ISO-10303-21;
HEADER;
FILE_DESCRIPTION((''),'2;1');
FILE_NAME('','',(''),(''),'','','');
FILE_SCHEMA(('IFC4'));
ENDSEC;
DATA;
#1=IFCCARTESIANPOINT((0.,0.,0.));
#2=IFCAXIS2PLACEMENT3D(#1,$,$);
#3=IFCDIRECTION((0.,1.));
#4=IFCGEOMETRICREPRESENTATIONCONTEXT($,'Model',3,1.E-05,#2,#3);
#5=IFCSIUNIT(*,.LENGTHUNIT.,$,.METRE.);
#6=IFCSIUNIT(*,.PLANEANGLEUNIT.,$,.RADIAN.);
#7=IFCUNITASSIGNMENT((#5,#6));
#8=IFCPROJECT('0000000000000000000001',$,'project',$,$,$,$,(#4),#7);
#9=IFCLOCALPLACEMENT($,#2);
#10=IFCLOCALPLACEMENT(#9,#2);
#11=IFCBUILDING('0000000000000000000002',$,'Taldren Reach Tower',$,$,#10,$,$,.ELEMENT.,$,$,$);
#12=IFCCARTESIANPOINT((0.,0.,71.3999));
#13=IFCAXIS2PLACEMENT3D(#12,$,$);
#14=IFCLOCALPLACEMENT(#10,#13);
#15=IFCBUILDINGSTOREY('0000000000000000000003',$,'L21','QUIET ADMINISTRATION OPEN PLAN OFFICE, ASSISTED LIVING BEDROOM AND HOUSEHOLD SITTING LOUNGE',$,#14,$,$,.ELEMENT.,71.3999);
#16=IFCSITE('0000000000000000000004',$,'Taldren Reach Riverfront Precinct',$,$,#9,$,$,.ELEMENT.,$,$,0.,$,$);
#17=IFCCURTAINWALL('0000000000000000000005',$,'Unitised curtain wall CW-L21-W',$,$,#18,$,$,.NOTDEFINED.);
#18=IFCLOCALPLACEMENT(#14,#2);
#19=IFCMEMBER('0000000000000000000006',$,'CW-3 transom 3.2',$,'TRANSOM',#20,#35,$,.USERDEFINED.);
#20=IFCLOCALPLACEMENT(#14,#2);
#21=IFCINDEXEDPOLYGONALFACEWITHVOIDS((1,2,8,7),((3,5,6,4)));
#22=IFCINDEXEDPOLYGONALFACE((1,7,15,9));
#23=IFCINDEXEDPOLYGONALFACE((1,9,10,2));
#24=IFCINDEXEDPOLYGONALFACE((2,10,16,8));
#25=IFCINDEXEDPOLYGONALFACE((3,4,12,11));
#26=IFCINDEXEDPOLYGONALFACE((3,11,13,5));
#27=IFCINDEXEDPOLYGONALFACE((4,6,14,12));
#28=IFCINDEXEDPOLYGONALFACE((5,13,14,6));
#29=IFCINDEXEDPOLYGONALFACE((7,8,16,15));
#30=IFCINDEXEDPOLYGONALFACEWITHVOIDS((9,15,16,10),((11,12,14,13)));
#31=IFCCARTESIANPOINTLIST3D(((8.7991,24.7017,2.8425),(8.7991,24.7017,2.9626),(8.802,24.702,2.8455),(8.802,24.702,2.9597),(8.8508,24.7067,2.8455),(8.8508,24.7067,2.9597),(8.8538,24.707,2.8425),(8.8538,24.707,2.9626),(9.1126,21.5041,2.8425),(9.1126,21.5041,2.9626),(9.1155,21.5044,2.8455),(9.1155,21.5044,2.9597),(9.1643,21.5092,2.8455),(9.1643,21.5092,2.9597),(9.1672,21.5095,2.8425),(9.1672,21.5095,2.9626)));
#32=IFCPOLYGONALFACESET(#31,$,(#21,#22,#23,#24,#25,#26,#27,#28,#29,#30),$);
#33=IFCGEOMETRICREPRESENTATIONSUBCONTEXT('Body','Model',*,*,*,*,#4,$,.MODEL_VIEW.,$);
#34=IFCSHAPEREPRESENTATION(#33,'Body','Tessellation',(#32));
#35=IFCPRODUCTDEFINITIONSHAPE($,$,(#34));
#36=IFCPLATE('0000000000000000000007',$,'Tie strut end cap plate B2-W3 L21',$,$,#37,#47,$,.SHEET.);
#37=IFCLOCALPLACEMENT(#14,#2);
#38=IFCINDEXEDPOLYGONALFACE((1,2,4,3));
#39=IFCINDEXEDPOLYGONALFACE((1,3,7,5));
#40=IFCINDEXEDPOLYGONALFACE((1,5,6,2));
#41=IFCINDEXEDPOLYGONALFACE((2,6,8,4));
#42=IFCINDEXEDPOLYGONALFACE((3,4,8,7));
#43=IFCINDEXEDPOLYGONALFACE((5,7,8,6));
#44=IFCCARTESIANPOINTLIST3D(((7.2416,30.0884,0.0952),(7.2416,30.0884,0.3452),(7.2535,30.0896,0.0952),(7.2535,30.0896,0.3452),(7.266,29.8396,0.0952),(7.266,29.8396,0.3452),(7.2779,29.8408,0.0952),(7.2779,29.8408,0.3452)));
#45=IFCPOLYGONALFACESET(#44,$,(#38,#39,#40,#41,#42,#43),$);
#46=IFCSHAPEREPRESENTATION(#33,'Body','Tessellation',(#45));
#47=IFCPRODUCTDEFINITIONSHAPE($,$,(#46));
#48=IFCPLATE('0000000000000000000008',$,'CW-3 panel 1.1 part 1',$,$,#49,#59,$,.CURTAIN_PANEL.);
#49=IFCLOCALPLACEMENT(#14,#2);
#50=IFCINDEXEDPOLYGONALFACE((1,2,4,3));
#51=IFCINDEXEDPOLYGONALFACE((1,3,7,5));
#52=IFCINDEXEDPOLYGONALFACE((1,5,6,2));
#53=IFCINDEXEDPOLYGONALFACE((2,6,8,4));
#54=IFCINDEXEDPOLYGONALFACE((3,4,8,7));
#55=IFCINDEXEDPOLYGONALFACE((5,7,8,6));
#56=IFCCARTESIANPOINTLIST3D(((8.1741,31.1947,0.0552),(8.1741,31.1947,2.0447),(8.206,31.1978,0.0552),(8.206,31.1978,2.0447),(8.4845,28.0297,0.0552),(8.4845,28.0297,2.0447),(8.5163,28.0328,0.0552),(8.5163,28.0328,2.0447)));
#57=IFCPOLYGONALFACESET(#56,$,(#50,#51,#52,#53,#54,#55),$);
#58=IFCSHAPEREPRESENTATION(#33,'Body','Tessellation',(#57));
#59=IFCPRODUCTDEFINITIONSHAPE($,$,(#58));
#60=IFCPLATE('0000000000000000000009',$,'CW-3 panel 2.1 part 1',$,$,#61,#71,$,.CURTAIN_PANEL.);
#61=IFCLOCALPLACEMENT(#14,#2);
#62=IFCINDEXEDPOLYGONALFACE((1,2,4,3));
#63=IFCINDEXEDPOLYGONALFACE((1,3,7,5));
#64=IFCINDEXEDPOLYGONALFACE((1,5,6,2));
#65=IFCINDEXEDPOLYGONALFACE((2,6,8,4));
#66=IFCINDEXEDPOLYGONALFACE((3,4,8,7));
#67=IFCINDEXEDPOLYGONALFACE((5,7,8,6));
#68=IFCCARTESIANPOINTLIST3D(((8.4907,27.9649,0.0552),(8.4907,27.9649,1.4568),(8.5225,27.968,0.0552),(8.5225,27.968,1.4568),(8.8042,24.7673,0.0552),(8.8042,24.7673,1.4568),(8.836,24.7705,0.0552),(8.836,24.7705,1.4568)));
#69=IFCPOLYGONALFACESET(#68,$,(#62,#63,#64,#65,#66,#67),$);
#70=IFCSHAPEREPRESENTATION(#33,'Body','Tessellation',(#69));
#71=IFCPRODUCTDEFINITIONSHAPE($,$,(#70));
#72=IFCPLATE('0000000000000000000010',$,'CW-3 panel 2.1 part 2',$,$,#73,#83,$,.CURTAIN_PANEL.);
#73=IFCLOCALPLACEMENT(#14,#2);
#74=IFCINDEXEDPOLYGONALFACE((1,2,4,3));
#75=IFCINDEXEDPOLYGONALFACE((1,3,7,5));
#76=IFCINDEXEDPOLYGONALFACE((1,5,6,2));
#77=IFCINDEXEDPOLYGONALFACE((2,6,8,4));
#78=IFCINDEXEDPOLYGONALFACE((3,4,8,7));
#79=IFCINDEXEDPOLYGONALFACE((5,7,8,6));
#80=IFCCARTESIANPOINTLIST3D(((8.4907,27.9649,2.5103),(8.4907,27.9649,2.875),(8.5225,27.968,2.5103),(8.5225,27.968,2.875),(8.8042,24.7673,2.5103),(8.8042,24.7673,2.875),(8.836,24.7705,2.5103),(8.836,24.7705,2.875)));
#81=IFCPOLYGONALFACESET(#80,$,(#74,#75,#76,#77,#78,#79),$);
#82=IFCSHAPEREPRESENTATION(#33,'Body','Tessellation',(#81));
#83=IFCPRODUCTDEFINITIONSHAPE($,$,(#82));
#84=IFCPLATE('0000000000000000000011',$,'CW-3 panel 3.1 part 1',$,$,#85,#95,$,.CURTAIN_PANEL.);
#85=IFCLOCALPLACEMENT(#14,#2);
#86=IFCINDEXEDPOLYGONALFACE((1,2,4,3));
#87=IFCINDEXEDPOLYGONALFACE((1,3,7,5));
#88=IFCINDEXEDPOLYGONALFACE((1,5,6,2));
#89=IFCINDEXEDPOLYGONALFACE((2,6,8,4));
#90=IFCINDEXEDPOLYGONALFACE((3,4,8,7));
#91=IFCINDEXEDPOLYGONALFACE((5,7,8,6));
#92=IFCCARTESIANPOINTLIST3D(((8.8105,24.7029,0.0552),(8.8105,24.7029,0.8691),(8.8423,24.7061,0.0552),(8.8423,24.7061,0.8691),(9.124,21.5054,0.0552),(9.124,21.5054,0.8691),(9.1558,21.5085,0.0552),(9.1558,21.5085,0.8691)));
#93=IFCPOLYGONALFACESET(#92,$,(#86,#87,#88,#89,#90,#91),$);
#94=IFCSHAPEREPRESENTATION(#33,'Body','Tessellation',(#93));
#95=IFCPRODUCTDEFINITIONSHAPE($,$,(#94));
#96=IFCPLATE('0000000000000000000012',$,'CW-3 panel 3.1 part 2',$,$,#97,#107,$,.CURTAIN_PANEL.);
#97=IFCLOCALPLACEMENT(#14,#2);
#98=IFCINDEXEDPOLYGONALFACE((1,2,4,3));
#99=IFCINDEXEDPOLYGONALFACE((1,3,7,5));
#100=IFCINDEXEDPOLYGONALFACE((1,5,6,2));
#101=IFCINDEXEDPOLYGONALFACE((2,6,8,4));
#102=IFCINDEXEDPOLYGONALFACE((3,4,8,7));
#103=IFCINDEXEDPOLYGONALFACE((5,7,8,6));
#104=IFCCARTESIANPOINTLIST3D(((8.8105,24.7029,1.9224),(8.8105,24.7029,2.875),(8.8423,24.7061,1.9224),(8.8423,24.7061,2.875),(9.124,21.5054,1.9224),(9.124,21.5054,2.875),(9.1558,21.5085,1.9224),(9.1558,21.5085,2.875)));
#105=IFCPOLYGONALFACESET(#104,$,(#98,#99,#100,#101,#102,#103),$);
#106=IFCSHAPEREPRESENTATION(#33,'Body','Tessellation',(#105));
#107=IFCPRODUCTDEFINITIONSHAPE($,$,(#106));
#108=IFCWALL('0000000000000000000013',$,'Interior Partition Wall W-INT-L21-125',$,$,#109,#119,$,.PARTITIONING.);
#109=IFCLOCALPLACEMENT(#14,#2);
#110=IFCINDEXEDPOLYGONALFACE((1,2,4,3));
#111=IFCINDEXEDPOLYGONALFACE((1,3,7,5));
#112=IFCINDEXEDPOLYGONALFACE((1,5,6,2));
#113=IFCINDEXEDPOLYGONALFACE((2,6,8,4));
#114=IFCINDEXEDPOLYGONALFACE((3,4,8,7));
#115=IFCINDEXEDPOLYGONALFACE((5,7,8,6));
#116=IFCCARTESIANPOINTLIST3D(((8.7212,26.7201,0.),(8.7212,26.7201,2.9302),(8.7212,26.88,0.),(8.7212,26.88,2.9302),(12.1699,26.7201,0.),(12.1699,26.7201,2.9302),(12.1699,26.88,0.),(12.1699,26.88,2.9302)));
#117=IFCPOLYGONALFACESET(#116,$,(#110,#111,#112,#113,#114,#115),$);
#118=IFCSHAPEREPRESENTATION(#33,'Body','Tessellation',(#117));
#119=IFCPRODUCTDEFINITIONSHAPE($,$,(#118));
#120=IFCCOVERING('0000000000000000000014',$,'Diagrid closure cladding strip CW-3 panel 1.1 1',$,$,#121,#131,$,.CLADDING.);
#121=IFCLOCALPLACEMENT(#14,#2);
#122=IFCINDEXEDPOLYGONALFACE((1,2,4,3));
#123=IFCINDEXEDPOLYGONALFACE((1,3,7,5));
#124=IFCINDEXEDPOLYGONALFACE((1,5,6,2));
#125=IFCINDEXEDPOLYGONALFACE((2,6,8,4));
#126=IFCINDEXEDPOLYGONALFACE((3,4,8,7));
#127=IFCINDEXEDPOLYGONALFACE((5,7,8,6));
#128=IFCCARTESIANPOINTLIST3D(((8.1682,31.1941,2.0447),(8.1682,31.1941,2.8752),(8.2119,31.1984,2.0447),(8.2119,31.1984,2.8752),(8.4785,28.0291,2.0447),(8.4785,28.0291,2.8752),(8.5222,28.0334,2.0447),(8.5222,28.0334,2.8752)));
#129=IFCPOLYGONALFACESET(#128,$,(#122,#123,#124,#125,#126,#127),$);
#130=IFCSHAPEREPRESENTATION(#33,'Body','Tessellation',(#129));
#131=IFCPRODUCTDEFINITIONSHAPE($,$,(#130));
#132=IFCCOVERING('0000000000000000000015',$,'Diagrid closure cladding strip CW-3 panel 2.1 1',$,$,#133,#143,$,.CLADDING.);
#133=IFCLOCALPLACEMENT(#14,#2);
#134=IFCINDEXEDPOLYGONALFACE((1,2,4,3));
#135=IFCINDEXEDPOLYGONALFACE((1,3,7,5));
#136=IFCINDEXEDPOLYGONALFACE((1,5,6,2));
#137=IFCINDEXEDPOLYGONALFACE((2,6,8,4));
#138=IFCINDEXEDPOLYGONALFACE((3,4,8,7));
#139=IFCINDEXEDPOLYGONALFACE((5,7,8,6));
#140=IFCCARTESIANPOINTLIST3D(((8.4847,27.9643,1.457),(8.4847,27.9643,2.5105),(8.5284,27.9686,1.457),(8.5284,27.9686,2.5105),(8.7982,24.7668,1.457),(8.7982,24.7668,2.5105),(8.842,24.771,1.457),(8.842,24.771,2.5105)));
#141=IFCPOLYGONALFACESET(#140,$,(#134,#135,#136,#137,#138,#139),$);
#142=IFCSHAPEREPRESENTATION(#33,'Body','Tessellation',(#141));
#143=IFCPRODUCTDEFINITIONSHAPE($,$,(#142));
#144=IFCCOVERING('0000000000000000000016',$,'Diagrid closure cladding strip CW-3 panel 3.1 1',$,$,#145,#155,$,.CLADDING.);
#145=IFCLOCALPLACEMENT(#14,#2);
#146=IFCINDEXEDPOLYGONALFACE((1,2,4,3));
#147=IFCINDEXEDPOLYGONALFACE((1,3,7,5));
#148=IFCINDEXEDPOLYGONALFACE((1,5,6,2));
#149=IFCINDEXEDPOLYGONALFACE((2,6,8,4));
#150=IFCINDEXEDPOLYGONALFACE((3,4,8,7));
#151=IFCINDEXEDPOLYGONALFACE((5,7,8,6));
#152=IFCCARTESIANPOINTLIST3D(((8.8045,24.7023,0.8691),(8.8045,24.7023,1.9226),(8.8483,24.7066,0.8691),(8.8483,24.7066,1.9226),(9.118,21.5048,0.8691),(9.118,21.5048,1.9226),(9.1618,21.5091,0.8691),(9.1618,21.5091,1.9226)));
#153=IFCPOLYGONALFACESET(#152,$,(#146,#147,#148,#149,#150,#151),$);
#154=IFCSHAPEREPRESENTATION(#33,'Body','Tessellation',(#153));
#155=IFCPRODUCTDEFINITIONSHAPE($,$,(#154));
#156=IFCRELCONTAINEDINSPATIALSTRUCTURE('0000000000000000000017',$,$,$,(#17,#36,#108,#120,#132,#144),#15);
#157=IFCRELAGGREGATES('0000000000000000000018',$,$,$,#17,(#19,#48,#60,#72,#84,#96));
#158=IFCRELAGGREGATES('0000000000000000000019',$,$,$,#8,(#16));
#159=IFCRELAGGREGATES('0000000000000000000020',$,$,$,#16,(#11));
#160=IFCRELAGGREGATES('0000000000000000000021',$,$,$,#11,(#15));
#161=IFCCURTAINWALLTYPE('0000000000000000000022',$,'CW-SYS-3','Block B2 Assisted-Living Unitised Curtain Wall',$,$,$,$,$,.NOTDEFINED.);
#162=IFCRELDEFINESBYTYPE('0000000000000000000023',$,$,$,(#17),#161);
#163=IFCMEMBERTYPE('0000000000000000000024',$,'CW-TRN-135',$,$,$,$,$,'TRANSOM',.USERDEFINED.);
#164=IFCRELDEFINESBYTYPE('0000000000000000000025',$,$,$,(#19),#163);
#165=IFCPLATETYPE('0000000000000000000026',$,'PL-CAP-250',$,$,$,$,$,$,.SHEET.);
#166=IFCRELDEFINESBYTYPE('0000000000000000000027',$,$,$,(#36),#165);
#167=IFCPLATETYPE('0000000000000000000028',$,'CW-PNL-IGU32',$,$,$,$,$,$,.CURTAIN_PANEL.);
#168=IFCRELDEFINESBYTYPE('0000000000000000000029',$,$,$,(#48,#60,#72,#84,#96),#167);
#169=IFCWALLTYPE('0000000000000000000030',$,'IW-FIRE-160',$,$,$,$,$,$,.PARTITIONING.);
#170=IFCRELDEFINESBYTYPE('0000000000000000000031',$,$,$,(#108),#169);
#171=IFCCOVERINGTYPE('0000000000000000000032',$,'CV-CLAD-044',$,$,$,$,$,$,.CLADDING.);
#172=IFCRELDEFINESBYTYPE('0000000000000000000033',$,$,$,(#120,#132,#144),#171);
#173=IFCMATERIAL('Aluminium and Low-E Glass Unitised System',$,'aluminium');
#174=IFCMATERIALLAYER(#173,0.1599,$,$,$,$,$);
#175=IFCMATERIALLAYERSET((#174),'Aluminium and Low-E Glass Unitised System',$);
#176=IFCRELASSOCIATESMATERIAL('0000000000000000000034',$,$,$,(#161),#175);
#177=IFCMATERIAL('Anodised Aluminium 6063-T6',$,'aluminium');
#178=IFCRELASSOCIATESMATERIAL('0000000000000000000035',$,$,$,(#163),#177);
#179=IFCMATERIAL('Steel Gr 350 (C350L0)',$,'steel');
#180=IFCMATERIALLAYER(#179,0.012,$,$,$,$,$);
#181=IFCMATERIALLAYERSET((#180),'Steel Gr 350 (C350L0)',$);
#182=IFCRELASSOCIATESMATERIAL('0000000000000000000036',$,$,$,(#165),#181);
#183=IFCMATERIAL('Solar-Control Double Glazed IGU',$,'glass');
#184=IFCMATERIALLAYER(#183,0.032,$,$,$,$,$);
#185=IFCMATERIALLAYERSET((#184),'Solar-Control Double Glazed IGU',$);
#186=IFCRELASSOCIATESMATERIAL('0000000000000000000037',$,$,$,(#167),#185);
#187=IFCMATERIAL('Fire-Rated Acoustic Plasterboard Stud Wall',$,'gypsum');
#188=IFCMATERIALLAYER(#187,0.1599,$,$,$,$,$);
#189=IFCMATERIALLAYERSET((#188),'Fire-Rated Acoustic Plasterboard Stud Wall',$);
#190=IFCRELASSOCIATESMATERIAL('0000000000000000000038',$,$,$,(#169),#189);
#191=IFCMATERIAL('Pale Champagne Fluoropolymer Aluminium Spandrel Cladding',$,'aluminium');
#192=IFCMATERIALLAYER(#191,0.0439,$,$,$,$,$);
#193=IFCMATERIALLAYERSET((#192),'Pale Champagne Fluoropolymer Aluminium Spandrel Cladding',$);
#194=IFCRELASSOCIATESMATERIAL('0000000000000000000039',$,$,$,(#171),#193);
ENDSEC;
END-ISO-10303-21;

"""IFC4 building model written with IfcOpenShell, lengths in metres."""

from ifc_helpers import new_model, si_unit, direction, frame, frame_2d, origin, origin_2d, place, context, subcontext, project, spatial, rectangle, hollow_rectangle, extrude, source, transform, mapped, material, layer, layer_set, material_profile, profile_set, type_object, element, aggregate, save


model = new_model("IFC4")

# Units and contexts
model_context = context("Model", 3, precision=1e-05, world=origin(), true_north=direction((0.0, 1.0)))
body_context = subcontext(model_context, "Body", "Model", "MODEL_VIEW")
ifc_project = project(units=[si_unit("LENGTHUNIT", "METRE"), si_unit("PLANEANGLEUNIT", "RADIAN")], contexts=[model_context])

# Site, building, storey
site_placement = place(None, origin())
site = spatial("IfcSite", under=ifc_project, at=site_placement, Name="Taldren Reach Riverfront Precinct", CompositionType="ELEMENT", RefElevation=0.0)
building_placement = place(site_placement, origin())
building = spatial("IfcBuilding", under=site, at=building_placement, Name="Taldren Reach Tower", CompositionType="ELEMENT")
storey_placement = place(building_placement, frame((0.0, 0.0, 71.3999)))
storey = spatial("IfcBuildingStorey", under=building, at=storey_placement, Name="L21", Description="QUIET ADMINISTRATION OPEN PLAN OFFICE, ASSISTED LIVING BEDROOM AND HOUSEHOLD SITTING LOUNGE", CompositionType="ELEMENT", Elevation=71.3999)

# Curtain wall, member
ifc_material_1 = material(Name="Aluminium and Low-E Glass Unitised System", Category="aluminium")
ifc_layer_1 = layer(ifc_material_1, 0.1599)
ifc_layer_set_1 = layer_set([ifc_layer_1], Name="Aluminium and Low-E Glass Unitised System")
curtain_wall_type = type_object("IfcCurtainWallType", Name="CW-SYS-3", Description="Block B2 Assisted-Living Unitised Curtain Wall", PredefinedType="NOTDEFINED", material=ifc_layer_set_1)
curtain_wall_placement = place(storey_placement, origin())
curtain_wall = element("IfcCurtainWall", 1, at=curtain_wall_placement, inside=storey, type_object=curtain_wall_type, Name="Unitised curtain wall CW-L21-W", PredefinedType="NOTDEFINED")
ifc_material_2 = material(Name="Anodised Aluminium 6063-T6", Category="aluminium")
ifc_material_profile_1 = material_profile(ifc_material_2, hollow_rectangle(XDim=0.0549, YDim=0.1201, WallThickness=0.0029, at=origin_2d()), Name="ALU-120x55x3RHS")
ifc_profile_set_1 = profile_set([ifc_material_profile_1], Name="Anodised Aluminium 6063-T6")
member_type_1 = type_object("IfcMemberType", Name="CW-TRN-135", ElementType="TRANSOM", PredefinedType="USERDEFINED", material=ifc_profile_set_1)
shared_shape_1 = source(origin(), body_context, "Body", "SweptSolid", [
    extrude(hollow_rectangle(XDim=0.0549, YDim=0.1201, WallThickness=0.0029, at=origin_2d()), origin(), (0.0, 0.0, 1.0), 3.2129),
])
member_1_placement = place(storey_placement, frame((8.8264, 24.7043, 2.9026), z_axis=(0.09757, -0.995229, 0.0), x_axis=(0.995229, 0.09757, 0.0)))
member_1 = element("IfcMember", 2, at=member_1_placement, type_object=member_type_1, Name="CW-3 transom 3.2", ObjectType="TRANSOM", PredefinedType="USERDEFINED", context=body_context, shape_type="MappedRepresentation", body=[
    mapped(shared_shape_1, transform((0.0, 0.0, 0.0), scale=1.0)),
])

# Plates
ifc_material_3 = material(Name="Steel Gr 350 (C350L0)", Category="steel")
ifc_layer_2 = layer(ifc_material_3, 0.012)
ifc_layer_set_2 = layer_set([ifc_layer_2], Name="Steel Gr 350 (C350L0)")
plate_type_1 = type_object("IfcPlateType", Name="PL-CAP-250", PredefinedType="SHEET", material=ifc_layer_set_2)
shared_shape_2 = source(origin(), body_context, "Body", "SweptSolid", [
    extrude(rectangle(XDim=0.012, YDim=0.25, at=origin_2d()), origin(), (0.0, 0.0, 1.0), 0.25),
])
plate_1_placement = place(storey_placement, frame((7.2598, 29.9646, 0.0952), z_axis=(0.0, 0.0, 1.0), x_axis=(0.995227, 0.097583, 0.0)))
element("IfcPlate", 3, at=plate_1_placement, inside=storey, type_object=plate_type_1, Name="Tie strut end cap plate B2-W3 L21", PredefinedType="SHEET", context=body_context, shape_type="MappedRepresentation", body=[
    mapped(shared_shape_2, transform((0.0, 0.0, 0.0), scale=1.0)),
])
ifc_material_4 = material(Name="Solar-Control Double Glazed IGU", Category="glass")
ifc_layer_3 = layer(ifc_material_4, 0.032)
ifc_layer_set_3 = layer_set([ifc_layer_3], Name="Solar-Control Double Glazed IGU")
plate_type_2 = type_object("IfcPlateType", Name="CW-PNL-IGU32", PredefinedType="CURTAIN_PANEL", material=ifc_layer_set_3)
shared_shape_3 = source(origin(), body_context, "Body", "SweptSolid", [
    extrude(rectangle(XDim=3.1802, YDim=0.032, at=origin_2d()), origin(), (0.0, 0.0, 1.0), 1.9895),
])
plate_2_placement = place(storey_placement, frame((8.3452, 29.6138, 0.0552), z_axis=(0.0, 0.0, 1.0), x_axis=(0.097583, -0.995227, 0.0)))
plate_2 = element("IfcPlate", 4, at=plate_2_placement, type_object=plate_type_2, Name="CW-3 panel 1.1 part 1", PredefinedType="CURTAIN_PANEL", context=body_context, shape_type="MappedRepresentation", body=[
    mapped(shared_shape_3, transform((0.0, 0.0, 0.0), scale=1.0)),
])
shared_shape_4 = source(origin(), body_context, "Body", "SweptSolid", [
    extrude(rectangle(XDim=3.2129, YDim=0.032, at=origin_2d()), origin(), (0.0, 0.0, 1.0), 1.4016),
])
plate_3_placement = place(storey_placement, frame((8.6633, 26.3677, 0.0552), z_axis=(0.0, 0.0, 1.0), x_axis=(0.097583, -0.995227, 0.0)))
plate_3 = element("IfcPlate", 5, at=plate_3_placement, type_object=plate_type_2, Name="CW-3 panel 2.1 part 1", PredefinedType="CURTAIN_PANEL", context=body_context, shape_type="MappedRepresentation", body=[
    mapped(shared_shape_4, transform((0.0, 0.0, 0.0), scale=1.0)),
])
shared_shape_5 = source(origin(), body_context, "Body", "SweptSolid", [
    extrude(rectangle(XDim=3.2129, YDim=0.032, at=origin_2d()), origin(), (0.0, 0.0, 1.0), 0.3647),
])
plate_4_placement = place(storey_placement, frame((8.6633, 26.3677, 2.5103), z_axis=(0.0, 0.0, 1.0), x_axis=(0.097583, -0.995227, 0.0)))
plate_4 = element("IfcPlate", 6, at=plate_4_placement, type_object=plate_type_2, Name="CW-3 panel 2.1 part 2", PredefinedType="CURTAIN_PANEL", context=body_context, shape_type="MappedRepresentation", body=[
    mapped(shared_shape_5, transform((0.0, 0.0, 0.0), scale=1.0)),
])
shared_shape_6 = source(origin(), body_context, "Body", "SweptSolid", [
    extrude(rectangle(XDim=3.2129, YDim=0.032, at=origin_2d()), origin(), (0.0, 0.0, 1.0), 0.814),
])
plate_5_placement = place(storey_placement, frame((8.9832, 23.1057, 0.0552), z_axis=(0.0, 0.0, 1.0), x_axis=(0.097583, -0.995227, 0.0)))
plate_5 = element("IfcPlate", 7, at=plate_5_placement, type_object=plate_type_2, Name="CW-3 panel 3.1 part 1", PredefinedType="CURTAIN_PANEL", context=body_context, shape_type="MappedRepresentation", body=[
    mapped(shared_shape_6, transform((0.0, 0.0, 0.0), scale=1.0)),
])
shared_shape_7 = source(origin(), body_context, "Body", "SweptSolid", [
    extrude(rectangle(XDim=3.2129, YDim=0.032, at=origin_2d()), origin(), (0.0, 0.0, 1.0), 0.9526),
])
plate_6_placement = place(storey_placement, frame((8.9832, 23.1057, 1.9224), z_axis=(0.0, 0.0, 1.0), x_axis=(0.097583, -0.995227, 0.0)))
plate_6 = element("IfcPlate", 8, at=plate_6_placement, type_object=plate_type_2, Name="CW-3 panel 3.1 part 2", PredefinedType="CURTAIN_PANEL", context=body_context, shape_type="MappedRepresentation", body=[
    mapped(shared_shape_7, transform((0.0, 0.0, 0.0), scale=1.0)),
])
aggregate(curtain_wall, [member_1, plate_2, plate_3, plate_4, plate_5, plate_6])

# Wall
ifc_material_5 = material(Name="Fire-Rated Acoustic Plasterboard Stud Wall", Category="gypsum")
ifc_layer_4 = layer(ifc_material_5, 0.1599)
ifc_layer_set_4 = layer_set([ifc_layer_4], Name="Fire-Rated Acoustic Plasterboard Stud Wall")
wall_type = type_object("IfcWallType", Name="IW-FIRE-160", PredefinedType="PARTITIONING", material=ifc_layer_set_4)
shared_shape_8 = source(origin(), body_context, "Body", "SweptSolid", [
    extrude(rectangle(XDim=3.4487, YDim=0.1599, at=frame_2d((1.7244, 0.0))), origin(), (0.0, 0.0, 1.0), 2.9302),
])
wall_placement = place(storey_placement, frame((8.7212, 26.8, 0.0), z_axis=(0.0, 0.0, 1.0), x_axis=(1.0, 0.0, 0.0)))
element("IfcWall", 9, at=wall_placement, inside=storey, type_object=wall_type, Name="Interior Partition Wall W-INT-L21-125", PredefinedType="PARTITIONING", context=body_context, shape_type="MappedRepresentation", body=[
    mapped(shared_shape_8, transform((0.0, 0.0, 0.0), scale=1.0)),
])

# Coverings
ifc_material_6 = material(Name="Pale Champagne Fluoropolymer Aluminium Spandrel Cladding", Category="aluminium")
ifc_layer_5 = layer(ifc_material_6, 0.0439)
ifc_layer_set_5 = layer_set([ifc_layer_5], Name="Pale Champagne Fluoropolymer Aluminium Spandrel Cladding")
covering_type = type_object("IfcCoveringType", Name="CV-CLAD-044", PredefinedType="CLADDING", material=ifc_layer_set_5)
shared_shape_9 = source(origin(), body_context, "Body", "SweptSolid", [
    extrude(rectangle(XDim=3.1802, YDim=0.0439, at=origin_2d()), origin(), (0.0, 0.0, 1.0), 0.8306),
])
covering_placement = place(storey_placement, frame((8.3452, 29.6138, 2.0447), z_axis=(0.0, 0.0, 1.0), x_axis=(0.097583, -0.995227, 0.0)))
element("IfcCovering", 10, at=covering_placement, inside=storey, type_object=covering_type, Name="Diagrid closure cladding strip CW-3 panel 1.1 1", PredefinedType="CLADDING", context=body_context, shape_type="MappedRepresentation", body=[
    mapped(shared_shape_9, transform((0.0, 0.0, 0.0), scale=1.0)),
])
shared_shape_10 = source(origin(), body_context, "Body", "SweptSolid", [
    extrude(rectangle(XDim=3.2129, YDim=0.0439, at=origin_2d()), origin(), (0.0, 0.0, 1.0), 1.0535),
])
for number, where, z_axis, x_axis, name in (
    (11, (8.6633, 26.3677, 1.457), (0.0, 0.0, 1.0), (0.097583, -0.995227, 0.0), "Diagrid closure cladding strip CW-3 panel 2.1 1"),
    (12, (8.9832, 23.1057, 0.8691), (0.0, 0.0, 1.0), (0.097583, -0.995227, 0.0), "Diagrid closure cladding strip CW-3 panel 3.1 1"),
):
    element("IfcCovering", number, at=place(storey_placement, frame(where, z_axis=z_axis, x_axis=x_axis)), inside=storey, type_object=covering_type, Name=name, PredefinedType="CLADDING", context=body_context, shape_type="MappedRepresentation", body=[
        mapped(shared_shape_10, transform((0.0, 0.0, 0.0), scale=1.0)),
    ])

save(model, "model.ifc")
